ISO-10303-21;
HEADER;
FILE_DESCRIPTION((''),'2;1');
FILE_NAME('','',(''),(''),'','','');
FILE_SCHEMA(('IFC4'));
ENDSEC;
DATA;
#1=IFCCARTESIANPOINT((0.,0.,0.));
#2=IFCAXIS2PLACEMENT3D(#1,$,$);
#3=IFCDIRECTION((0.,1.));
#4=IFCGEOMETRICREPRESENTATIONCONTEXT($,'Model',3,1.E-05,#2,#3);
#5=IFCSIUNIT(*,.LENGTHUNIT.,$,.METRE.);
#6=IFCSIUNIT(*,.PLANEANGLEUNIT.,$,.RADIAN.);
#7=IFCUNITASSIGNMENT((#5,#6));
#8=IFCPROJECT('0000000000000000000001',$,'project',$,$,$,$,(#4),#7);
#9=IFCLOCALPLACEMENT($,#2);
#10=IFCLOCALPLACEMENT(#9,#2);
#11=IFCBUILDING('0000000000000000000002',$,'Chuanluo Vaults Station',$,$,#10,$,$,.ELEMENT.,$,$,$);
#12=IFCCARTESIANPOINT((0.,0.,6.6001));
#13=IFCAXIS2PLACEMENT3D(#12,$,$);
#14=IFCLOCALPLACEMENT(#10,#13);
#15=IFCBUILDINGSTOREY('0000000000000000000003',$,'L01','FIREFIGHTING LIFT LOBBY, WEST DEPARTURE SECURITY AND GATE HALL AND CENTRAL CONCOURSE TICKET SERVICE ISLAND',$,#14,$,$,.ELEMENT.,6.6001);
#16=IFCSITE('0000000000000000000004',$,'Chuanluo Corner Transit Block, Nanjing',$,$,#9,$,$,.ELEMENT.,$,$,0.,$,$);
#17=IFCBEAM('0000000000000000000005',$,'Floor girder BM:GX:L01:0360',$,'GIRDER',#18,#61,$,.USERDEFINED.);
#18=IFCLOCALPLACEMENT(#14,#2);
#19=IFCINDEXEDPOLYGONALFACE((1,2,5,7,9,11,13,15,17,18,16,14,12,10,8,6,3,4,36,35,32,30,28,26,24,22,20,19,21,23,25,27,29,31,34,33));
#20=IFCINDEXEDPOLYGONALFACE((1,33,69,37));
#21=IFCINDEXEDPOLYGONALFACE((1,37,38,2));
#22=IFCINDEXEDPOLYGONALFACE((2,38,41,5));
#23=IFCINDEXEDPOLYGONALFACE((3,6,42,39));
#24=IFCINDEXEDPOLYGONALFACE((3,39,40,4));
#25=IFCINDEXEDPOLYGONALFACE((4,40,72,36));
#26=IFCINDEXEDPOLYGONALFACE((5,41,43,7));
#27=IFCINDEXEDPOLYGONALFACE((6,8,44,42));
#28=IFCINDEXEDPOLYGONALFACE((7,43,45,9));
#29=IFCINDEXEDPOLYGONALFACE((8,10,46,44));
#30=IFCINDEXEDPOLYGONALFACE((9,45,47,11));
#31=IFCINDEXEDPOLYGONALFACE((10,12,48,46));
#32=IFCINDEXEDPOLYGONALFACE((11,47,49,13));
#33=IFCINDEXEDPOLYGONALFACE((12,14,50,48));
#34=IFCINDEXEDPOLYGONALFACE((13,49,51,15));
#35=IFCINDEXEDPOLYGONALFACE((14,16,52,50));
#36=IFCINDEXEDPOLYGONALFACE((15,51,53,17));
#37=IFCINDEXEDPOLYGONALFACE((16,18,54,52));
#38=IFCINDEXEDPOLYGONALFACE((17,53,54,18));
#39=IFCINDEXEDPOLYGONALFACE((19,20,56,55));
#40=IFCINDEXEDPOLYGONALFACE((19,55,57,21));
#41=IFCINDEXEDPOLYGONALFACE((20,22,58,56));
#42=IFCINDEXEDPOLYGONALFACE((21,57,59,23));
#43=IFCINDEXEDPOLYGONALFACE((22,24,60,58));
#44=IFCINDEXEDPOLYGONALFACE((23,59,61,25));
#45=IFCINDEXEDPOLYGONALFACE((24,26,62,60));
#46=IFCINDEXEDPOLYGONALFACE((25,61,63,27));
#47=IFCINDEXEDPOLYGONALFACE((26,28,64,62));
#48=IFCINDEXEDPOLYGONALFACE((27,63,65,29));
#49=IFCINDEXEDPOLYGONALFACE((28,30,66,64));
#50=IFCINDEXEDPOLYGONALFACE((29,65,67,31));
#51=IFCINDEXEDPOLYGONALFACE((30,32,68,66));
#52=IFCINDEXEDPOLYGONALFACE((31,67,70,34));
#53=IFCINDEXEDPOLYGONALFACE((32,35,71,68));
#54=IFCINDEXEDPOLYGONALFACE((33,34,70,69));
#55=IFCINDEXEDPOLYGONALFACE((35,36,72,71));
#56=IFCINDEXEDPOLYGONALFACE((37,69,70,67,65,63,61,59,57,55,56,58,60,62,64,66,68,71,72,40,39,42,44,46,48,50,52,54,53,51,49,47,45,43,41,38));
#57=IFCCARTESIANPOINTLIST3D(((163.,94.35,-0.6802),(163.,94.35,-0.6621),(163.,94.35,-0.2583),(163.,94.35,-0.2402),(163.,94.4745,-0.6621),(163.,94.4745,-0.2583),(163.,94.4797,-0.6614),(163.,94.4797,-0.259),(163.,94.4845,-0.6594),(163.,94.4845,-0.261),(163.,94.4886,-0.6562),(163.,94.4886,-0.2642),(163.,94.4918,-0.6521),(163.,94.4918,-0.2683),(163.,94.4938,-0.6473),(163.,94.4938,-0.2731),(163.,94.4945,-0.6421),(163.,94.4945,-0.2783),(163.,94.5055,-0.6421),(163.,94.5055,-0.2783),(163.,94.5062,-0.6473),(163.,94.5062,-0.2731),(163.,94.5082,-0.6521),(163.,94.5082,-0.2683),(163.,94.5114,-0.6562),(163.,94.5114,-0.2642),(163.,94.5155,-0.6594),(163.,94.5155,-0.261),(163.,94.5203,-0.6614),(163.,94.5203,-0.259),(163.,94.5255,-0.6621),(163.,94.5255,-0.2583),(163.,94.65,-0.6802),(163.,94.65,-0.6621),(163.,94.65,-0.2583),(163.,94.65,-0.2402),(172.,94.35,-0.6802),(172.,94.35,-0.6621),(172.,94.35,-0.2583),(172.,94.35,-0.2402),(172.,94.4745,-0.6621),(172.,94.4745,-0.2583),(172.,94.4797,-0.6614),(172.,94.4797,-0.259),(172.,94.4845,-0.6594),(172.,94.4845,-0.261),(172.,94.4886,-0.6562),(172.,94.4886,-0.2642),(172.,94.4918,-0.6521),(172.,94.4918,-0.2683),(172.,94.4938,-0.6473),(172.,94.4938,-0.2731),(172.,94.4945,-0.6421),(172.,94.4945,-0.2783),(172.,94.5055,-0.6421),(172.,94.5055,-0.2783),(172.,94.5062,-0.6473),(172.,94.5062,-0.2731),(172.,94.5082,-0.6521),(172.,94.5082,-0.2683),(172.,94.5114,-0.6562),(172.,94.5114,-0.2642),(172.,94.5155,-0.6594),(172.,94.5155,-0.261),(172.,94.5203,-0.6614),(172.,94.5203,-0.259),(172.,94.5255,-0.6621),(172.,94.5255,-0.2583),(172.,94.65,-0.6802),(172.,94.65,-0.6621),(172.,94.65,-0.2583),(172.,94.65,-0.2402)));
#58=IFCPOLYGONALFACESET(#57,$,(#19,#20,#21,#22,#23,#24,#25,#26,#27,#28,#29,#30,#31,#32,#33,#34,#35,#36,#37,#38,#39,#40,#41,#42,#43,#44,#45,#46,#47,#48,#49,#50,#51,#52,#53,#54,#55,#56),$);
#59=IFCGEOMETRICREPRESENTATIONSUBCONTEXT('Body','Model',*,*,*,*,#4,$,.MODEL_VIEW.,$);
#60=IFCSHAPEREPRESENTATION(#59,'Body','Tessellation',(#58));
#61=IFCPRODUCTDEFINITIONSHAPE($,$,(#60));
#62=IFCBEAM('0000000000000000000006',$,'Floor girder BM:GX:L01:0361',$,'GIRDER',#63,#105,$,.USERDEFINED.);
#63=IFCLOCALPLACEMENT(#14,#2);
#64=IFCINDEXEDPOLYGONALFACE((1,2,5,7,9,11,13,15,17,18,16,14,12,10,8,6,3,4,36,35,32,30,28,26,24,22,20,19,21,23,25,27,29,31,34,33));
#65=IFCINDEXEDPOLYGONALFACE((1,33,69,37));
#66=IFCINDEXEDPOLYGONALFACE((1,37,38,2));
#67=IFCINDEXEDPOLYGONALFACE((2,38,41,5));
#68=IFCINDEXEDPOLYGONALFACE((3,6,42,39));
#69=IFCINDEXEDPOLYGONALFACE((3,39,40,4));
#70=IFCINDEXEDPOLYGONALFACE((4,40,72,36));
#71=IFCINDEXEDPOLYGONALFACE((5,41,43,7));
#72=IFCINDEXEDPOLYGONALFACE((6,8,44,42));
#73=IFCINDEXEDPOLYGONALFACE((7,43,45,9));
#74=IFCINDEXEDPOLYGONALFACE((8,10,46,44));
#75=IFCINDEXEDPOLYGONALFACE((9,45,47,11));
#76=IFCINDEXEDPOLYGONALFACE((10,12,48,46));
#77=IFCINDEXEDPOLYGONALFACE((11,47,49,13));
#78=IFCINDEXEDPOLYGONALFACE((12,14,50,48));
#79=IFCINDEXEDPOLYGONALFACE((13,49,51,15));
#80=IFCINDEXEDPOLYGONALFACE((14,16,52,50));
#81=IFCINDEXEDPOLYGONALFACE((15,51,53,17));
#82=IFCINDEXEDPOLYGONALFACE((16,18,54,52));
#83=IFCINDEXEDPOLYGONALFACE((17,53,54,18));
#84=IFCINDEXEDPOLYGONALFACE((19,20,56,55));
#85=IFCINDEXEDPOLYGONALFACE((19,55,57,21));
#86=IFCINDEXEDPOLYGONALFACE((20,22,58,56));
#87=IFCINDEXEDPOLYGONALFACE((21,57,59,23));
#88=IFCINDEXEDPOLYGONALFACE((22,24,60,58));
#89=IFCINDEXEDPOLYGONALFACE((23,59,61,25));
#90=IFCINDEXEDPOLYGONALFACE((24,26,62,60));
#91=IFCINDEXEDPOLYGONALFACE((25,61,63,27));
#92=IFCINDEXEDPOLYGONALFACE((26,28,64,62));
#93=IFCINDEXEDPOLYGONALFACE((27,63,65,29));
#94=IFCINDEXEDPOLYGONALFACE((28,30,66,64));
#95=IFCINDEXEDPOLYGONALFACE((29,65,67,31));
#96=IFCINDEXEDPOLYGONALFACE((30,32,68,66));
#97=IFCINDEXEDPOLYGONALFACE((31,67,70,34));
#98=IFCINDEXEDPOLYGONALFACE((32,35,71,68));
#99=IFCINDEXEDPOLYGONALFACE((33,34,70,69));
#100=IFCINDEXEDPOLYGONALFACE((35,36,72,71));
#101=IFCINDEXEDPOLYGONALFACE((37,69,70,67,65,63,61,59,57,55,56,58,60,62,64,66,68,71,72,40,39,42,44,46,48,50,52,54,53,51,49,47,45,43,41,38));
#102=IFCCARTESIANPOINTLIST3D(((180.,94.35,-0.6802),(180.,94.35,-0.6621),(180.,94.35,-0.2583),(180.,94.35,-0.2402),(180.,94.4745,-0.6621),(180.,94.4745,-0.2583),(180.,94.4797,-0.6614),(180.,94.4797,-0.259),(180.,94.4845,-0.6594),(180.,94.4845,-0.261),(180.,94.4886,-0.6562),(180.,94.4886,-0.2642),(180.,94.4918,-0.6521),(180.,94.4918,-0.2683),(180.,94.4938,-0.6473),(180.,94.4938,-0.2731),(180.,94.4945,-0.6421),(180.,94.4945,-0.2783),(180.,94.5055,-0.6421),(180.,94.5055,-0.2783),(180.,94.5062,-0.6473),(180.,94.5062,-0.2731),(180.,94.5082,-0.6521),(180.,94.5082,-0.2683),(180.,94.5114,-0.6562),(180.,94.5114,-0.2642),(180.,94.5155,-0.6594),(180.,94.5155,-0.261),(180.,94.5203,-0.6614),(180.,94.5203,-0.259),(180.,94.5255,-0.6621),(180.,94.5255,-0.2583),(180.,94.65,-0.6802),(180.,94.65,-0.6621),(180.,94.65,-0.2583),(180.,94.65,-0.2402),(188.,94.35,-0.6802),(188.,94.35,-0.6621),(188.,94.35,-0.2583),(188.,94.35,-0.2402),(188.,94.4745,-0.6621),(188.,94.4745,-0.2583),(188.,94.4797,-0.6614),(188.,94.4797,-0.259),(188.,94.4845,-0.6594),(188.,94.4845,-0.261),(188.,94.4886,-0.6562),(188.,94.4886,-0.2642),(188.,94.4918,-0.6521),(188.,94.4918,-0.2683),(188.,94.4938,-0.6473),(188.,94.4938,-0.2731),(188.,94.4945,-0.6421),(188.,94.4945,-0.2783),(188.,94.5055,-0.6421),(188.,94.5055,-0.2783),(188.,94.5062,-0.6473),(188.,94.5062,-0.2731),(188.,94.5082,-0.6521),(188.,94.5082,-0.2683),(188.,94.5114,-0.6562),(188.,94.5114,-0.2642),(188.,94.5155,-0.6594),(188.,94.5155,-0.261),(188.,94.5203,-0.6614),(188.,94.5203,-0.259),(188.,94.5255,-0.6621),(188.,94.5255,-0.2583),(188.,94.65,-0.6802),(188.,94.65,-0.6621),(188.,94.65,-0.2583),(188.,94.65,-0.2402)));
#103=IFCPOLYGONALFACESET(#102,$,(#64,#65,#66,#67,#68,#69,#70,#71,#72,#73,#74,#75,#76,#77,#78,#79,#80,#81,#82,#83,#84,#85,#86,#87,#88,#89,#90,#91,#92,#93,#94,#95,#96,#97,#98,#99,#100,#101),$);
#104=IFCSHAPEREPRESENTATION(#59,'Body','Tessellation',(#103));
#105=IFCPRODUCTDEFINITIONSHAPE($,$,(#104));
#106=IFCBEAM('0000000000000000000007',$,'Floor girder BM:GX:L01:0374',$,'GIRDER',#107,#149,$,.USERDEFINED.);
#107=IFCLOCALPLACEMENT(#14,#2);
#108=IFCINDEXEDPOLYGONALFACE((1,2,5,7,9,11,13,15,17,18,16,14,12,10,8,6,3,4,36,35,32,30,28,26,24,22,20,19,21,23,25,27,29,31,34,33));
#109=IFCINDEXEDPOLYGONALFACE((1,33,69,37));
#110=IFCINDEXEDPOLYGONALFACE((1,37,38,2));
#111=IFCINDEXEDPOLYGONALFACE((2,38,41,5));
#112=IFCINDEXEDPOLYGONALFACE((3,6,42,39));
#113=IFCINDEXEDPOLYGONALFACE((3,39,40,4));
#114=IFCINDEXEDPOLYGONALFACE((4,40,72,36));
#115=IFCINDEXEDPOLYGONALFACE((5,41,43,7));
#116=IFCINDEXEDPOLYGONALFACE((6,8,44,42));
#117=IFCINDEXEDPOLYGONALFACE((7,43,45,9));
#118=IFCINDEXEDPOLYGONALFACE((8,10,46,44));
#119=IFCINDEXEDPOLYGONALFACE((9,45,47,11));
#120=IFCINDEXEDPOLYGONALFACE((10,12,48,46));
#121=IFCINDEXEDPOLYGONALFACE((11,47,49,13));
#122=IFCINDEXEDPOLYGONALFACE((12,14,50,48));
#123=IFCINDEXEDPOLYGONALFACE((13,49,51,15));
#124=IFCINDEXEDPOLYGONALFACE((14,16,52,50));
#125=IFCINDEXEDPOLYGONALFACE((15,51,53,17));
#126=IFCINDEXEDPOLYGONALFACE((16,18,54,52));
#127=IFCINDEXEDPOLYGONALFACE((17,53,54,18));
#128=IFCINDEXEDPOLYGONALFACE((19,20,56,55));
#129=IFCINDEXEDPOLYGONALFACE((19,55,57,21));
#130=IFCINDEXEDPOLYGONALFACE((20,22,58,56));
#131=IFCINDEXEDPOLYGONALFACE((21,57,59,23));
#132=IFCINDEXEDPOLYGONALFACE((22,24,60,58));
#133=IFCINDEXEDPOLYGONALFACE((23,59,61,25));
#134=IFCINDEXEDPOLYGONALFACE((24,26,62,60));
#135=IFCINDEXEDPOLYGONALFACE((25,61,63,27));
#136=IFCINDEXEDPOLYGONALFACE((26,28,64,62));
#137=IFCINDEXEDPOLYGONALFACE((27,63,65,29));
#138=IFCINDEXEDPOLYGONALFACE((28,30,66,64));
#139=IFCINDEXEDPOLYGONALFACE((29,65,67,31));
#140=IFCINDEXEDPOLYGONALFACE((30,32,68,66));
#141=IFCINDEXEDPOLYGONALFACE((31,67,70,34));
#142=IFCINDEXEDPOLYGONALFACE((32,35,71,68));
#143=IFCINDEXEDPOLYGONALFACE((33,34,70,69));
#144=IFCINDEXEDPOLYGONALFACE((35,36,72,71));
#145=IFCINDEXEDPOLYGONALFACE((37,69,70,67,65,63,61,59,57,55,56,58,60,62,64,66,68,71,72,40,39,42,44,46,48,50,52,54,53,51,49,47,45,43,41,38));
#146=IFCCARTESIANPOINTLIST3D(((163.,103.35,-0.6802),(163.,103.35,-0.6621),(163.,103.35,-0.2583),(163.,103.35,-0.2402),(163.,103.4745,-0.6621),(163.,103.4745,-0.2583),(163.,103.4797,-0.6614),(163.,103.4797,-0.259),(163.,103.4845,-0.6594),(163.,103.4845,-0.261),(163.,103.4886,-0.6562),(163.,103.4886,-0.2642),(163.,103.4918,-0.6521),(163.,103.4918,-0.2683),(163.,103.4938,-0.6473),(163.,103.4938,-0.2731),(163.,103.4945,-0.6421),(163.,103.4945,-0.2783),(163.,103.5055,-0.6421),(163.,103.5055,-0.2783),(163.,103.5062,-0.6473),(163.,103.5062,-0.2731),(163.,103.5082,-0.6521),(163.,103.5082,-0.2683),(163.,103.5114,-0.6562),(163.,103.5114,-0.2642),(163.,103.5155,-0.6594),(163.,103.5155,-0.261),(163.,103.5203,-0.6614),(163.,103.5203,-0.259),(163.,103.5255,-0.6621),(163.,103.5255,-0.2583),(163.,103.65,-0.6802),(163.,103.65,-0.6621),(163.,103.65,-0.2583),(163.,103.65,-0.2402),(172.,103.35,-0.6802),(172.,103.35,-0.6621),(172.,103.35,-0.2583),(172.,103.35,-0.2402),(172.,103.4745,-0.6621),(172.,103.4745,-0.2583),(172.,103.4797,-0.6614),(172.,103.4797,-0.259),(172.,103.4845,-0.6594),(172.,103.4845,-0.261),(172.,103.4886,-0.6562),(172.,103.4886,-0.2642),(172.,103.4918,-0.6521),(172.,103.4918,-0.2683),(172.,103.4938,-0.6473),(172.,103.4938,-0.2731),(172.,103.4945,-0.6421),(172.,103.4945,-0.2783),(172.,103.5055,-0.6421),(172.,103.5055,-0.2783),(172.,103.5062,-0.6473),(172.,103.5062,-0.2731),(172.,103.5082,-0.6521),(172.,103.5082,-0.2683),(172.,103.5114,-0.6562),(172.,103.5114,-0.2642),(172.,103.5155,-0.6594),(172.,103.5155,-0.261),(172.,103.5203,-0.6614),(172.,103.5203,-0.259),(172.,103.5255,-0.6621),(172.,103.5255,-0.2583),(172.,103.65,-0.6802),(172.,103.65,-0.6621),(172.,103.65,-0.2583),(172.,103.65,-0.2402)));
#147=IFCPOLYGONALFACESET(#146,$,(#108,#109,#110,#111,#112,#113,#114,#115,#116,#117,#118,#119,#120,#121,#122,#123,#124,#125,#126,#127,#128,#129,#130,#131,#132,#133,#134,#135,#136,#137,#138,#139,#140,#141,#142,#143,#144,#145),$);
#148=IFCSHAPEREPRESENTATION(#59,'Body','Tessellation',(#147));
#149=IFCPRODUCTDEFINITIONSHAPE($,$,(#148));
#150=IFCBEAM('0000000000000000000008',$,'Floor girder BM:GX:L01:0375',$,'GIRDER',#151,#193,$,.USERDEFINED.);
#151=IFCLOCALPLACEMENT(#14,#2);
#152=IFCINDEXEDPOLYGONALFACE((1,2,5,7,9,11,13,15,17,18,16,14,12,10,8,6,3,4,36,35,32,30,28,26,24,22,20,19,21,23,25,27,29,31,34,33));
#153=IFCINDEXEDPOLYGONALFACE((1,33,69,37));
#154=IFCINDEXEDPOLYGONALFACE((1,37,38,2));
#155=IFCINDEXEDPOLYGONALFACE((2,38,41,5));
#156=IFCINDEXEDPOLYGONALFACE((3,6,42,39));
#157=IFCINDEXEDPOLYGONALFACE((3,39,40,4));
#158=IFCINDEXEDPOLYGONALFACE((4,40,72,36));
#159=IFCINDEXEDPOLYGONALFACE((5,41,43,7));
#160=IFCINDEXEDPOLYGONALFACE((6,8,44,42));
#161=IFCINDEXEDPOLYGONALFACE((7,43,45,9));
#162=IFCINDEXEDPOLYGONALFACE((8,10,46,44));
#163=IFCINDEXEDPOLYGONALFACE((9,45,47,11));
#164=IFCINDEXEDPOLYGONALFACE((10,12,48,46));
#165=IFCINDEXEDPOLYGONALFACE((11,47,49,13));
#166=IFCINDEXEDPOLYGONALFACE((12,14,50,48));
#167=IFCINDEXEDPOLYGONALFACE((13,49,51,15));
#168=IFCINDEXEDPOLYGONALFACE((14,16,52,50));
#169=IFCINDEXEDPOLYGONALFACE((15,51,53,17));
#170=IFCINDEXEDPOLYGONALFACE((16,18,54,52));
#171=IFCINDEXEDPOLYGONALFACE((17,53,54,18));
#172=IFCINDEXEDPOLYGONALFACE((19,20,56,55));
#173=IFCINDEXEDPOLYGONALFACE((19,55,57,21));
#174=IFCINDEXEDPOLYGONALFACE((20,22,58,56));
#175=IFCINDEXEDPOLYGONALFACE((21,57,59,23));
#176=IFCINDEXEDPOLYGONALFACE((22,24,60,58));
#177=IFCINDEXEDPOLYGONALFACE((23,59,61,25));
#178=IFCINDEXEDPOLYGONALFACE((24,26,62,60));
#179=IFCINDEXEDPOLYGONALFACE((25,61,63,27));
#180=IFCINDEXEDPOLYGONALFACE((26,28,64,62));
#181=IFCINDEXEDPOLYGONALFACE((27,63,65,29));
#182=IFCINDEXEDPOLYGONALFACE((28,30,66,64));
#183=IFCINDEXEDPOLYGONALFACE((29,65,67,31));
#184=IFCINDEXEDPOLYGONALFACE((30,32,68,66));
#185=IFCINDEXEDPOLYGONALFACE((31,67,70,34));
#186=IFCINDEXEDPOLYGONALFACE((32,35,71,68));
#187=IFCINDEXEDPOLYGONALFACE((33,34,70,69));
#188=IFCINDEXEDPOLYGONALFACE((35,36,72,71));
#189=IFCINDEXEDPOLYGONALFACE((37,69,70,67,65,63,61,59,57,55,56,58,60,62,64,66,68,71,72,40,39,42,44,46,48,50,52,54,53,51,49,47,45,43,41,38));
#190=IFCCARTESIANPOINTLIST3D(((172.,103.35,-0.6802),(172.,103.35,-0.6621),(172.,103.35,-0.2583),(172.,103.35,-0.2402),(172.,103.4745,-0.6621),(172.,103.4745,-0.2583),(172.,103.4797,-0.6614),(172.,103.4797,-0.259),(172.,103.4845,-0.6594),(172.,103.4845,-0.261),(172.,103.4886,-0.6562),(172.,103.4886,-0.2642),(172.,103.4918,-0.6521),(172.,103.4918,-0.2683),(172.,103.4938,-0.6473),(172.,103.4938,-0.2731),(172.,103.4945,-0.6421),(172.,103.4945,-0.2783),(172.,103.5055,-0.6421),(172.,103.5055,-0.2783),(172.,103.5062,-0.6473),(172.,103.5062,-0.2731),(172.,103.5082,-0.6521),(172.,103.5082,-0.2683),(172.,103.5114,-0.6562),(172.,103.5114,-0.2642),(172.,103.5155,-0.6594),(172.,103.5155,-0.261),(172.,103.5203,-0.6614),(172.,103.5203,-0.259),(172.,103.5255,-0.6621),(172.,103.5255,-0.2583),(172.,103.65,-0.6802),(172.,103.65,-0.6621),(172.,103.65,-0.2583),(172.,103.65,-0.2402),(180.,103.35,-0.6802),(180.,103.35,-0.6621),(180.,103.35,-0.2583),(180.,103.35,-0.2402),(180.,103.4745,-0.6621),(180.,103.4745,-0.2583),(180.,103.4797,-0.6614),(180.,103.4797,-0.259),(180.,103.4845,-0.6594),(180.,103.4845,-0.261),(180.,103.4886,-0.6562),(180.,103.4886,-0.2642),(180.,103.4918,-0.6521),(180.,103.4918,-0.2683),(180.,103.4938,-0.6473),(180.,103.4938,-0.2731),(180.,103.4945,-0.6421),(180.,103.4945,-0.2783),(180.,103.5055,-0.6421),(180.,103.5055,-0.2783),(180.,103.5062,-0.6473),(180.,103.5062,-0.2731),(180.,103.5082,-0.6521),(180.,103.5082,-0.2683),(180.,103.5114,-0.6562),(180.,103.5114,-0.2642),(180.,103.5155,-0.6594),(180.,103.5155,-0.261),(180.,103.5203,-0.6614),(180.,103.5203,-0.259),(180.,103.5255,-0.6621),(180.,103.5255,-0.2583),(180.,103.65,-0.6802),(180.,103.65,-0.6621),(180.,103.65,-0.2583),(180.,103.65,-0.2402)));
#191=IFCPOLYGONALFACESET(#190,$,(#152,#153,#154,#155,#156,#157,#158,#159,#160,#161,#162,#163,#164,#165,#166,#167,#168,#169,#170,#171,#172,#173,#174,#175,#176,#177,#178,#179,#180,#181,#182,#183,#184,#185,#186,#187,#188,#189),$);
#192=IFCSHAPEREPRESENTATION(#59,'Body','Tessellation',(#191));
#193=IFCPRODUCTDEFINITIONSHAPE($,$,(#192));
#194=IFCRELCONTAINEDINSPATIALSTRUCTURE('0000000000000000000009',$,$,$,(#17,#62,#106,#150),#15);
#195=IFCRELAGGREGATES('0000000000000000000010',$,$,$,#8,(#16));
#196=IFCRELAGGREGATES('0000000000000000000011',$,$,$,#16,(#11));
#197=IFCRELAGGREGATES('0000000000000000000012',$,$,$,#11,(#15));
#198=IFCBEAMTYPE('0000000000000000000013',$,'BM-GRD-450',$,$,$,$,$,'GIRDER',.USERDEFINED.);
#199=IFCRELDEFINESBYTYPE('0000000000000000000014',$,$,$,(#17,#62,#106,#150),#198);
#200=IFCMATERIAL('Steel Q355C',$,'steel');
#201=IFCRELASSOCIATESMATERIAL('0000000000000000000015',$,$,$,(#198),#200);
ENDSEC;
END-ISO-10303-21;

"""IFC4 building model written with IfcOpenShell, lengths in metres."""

from ifc_helpers import new_model, si_unit, direction, frame, origin, origin_2d, place, context, subcontext, project, spatial, i_section, extrude, material, material_profile, profile_set, type_object, element, save


model = new_model("IFC4")

# Units and contexts
model_context = context("Model", 3, precision=1e-05, world=origin(), true_north=direction((0.0, 1.0)))
body_context = subcontext(model_context, "Body", "Model", "MODEL_VIEW")
ifc_project = project(units=[si_unit("LENGTHUNIT", "METRE"), si_unit("PLANEANGLEUNIT", "RADIAN")], contexts=[model_context])

# Site, building, storey
site_placement = place(None, origin())
site = spatial("IfcSite", under=ifc_project, at=site_placement, Name="Chuanluo Corner Transit Block, Nanjing", CompositionType="ELEMENT", RefElevation=0.0)
building_placement = place(site_placement, origin())
building = spatial("IfcBuilding", under=site, at=building_placement, Name="Chuanluo Vaults Station", CompositionType="ELEMENT")
storey_placement = place(building_placement, frame((0.0, 0.0, 6.6001)))
storey = spatial("IfcBuildingStorey", under=building, at=storey_placement, Name="L01", Description="FIREFIGHTING LIFT LOBBY, WEST DEPARTURE SECURITY AND GATE HALL AND CENTRAL CONCOURSE TICKET SERVICE ISLAND", CompositionType="ELEMENT", Elevation=6.6001)

# Beams
ifc_material_1 = material(Name="Steel Q355C", Category="steel")
ifc_material_profile_1 = material_profile(ifc_material_1, i_section(OverallWidth=0.3, OverallDepth=0.4399, WebThickness=0.011, FlangeThickness=0.0181, FilletRadius=0.02, at=origin_2d()))
ifc_profile_set_1 = profile_set([ifc_material_profile_1], Name="Steel Q355C")
beam_type_1 = type_object("IfcBeamType", Name="BM-GRD-450", ElementType="GIRDER", PredefinedType="USERDEFINED", material=ifc_profile_set_1)
beam_1_placement = place(storey_placement, frame((163.0, 94.5, -0.4602), z_axis=(1.0, 0.0, 0.0), x_axis=(0.0, 1.0, 0.0)))
element("IfcBeam", 1, at=beam_1_placement, inside=storey, type_object=beam_type_1, Name="Floor girder BM:GX:L01:0360", ObjectType="GIRDER", PredefinedType="USERDEFINED", context=body_context, shape_type="SweptSolid", body=[
    extrude(i_section(OverallWidth=0.3, OverallDepth=0.4399, WebThickness=0.011, FlangeThickness=0.0181, FilletRadius=0.02, at=origin_2d()), origin(), (0.0, 0.0, 1.0), 9.0),
])
beam_2_placement = place(storey_placement, frame((180.0, 94.5, -0.4602), z_axis=(1.0, 0.0, 0.0), x_axis=(0.0, 1.0, 0.0)))
element("IfcBeam", 2, at=beam_2_placement, inside=storey, type_object=beam_type_1, Name="Floor girder BM:GX:L01:0361", ObjectType="GIRDER", PredefinedType="USERDEFINED", context=body_context, shape_type="SweptSolid", body=[
    extrude(i_section(OverallWidth=0.3, OverallDepth=0.4399, WebThickness=0.011, FlangeThickness=0.0181, FilletRadius=0.02, at=origin_2d()), origin(), (0.0, 0.0, 1.0), 8.0),
])
beam_3_placement = place(storey_placement, frame((163.0, 103.5, -0.4602), z_axis=(1.0, 0.0, 0.0), x_axis=(0.0, 1.0, 0.0)))
element("IfcBeam", 3, at=beam_3_placement, inside=storey, type_object=beam_type_1, Name="Floor girder BM:GX:L01:0374", ObjectType="GIRDER", PredefinedType="USERDEFINED", context=body_context, shape_type="SweptSolid", body=[
    extrude(i_section(OverallWidth=0.3, OverallDepth=0.4399, WebThickness=0.011, FlangeThickness=0.0181, FilletRadius=0.02, at=origin_2d()), origin(), (0.0, 0.0, 1.0), 9.0),
])
for number, where, z_axis, x_axis, name in (
    (4, (172.0, 103.5, -0.4602), (1.0, 0.0, 0.0), (0.0, 1.0, 0.0), "Floor girder BM:GX:L01:0375"),
):
    element("IfcBeam", number, at=place(storey_placement, frame(where, z_axis=z_axis, x_axis=x_axis)), inside=storey, type_object=beam_type_1, Name=name, ObjectType="GIRDER", PredefinedType="USERDEFINED", context=body_context, shape_type="SweptSolid", body=[
        extrude(i_section(OverallWidth=0.3, OverallDepth=0.4399, WebThickness=0.011, FlangeThickness=0.0181, FilletRadius=0.02, at=origin_2d()), origin(), (0.0, 0.0, 1.0), 8.0),
    ])

save(model, "model.ifc")
